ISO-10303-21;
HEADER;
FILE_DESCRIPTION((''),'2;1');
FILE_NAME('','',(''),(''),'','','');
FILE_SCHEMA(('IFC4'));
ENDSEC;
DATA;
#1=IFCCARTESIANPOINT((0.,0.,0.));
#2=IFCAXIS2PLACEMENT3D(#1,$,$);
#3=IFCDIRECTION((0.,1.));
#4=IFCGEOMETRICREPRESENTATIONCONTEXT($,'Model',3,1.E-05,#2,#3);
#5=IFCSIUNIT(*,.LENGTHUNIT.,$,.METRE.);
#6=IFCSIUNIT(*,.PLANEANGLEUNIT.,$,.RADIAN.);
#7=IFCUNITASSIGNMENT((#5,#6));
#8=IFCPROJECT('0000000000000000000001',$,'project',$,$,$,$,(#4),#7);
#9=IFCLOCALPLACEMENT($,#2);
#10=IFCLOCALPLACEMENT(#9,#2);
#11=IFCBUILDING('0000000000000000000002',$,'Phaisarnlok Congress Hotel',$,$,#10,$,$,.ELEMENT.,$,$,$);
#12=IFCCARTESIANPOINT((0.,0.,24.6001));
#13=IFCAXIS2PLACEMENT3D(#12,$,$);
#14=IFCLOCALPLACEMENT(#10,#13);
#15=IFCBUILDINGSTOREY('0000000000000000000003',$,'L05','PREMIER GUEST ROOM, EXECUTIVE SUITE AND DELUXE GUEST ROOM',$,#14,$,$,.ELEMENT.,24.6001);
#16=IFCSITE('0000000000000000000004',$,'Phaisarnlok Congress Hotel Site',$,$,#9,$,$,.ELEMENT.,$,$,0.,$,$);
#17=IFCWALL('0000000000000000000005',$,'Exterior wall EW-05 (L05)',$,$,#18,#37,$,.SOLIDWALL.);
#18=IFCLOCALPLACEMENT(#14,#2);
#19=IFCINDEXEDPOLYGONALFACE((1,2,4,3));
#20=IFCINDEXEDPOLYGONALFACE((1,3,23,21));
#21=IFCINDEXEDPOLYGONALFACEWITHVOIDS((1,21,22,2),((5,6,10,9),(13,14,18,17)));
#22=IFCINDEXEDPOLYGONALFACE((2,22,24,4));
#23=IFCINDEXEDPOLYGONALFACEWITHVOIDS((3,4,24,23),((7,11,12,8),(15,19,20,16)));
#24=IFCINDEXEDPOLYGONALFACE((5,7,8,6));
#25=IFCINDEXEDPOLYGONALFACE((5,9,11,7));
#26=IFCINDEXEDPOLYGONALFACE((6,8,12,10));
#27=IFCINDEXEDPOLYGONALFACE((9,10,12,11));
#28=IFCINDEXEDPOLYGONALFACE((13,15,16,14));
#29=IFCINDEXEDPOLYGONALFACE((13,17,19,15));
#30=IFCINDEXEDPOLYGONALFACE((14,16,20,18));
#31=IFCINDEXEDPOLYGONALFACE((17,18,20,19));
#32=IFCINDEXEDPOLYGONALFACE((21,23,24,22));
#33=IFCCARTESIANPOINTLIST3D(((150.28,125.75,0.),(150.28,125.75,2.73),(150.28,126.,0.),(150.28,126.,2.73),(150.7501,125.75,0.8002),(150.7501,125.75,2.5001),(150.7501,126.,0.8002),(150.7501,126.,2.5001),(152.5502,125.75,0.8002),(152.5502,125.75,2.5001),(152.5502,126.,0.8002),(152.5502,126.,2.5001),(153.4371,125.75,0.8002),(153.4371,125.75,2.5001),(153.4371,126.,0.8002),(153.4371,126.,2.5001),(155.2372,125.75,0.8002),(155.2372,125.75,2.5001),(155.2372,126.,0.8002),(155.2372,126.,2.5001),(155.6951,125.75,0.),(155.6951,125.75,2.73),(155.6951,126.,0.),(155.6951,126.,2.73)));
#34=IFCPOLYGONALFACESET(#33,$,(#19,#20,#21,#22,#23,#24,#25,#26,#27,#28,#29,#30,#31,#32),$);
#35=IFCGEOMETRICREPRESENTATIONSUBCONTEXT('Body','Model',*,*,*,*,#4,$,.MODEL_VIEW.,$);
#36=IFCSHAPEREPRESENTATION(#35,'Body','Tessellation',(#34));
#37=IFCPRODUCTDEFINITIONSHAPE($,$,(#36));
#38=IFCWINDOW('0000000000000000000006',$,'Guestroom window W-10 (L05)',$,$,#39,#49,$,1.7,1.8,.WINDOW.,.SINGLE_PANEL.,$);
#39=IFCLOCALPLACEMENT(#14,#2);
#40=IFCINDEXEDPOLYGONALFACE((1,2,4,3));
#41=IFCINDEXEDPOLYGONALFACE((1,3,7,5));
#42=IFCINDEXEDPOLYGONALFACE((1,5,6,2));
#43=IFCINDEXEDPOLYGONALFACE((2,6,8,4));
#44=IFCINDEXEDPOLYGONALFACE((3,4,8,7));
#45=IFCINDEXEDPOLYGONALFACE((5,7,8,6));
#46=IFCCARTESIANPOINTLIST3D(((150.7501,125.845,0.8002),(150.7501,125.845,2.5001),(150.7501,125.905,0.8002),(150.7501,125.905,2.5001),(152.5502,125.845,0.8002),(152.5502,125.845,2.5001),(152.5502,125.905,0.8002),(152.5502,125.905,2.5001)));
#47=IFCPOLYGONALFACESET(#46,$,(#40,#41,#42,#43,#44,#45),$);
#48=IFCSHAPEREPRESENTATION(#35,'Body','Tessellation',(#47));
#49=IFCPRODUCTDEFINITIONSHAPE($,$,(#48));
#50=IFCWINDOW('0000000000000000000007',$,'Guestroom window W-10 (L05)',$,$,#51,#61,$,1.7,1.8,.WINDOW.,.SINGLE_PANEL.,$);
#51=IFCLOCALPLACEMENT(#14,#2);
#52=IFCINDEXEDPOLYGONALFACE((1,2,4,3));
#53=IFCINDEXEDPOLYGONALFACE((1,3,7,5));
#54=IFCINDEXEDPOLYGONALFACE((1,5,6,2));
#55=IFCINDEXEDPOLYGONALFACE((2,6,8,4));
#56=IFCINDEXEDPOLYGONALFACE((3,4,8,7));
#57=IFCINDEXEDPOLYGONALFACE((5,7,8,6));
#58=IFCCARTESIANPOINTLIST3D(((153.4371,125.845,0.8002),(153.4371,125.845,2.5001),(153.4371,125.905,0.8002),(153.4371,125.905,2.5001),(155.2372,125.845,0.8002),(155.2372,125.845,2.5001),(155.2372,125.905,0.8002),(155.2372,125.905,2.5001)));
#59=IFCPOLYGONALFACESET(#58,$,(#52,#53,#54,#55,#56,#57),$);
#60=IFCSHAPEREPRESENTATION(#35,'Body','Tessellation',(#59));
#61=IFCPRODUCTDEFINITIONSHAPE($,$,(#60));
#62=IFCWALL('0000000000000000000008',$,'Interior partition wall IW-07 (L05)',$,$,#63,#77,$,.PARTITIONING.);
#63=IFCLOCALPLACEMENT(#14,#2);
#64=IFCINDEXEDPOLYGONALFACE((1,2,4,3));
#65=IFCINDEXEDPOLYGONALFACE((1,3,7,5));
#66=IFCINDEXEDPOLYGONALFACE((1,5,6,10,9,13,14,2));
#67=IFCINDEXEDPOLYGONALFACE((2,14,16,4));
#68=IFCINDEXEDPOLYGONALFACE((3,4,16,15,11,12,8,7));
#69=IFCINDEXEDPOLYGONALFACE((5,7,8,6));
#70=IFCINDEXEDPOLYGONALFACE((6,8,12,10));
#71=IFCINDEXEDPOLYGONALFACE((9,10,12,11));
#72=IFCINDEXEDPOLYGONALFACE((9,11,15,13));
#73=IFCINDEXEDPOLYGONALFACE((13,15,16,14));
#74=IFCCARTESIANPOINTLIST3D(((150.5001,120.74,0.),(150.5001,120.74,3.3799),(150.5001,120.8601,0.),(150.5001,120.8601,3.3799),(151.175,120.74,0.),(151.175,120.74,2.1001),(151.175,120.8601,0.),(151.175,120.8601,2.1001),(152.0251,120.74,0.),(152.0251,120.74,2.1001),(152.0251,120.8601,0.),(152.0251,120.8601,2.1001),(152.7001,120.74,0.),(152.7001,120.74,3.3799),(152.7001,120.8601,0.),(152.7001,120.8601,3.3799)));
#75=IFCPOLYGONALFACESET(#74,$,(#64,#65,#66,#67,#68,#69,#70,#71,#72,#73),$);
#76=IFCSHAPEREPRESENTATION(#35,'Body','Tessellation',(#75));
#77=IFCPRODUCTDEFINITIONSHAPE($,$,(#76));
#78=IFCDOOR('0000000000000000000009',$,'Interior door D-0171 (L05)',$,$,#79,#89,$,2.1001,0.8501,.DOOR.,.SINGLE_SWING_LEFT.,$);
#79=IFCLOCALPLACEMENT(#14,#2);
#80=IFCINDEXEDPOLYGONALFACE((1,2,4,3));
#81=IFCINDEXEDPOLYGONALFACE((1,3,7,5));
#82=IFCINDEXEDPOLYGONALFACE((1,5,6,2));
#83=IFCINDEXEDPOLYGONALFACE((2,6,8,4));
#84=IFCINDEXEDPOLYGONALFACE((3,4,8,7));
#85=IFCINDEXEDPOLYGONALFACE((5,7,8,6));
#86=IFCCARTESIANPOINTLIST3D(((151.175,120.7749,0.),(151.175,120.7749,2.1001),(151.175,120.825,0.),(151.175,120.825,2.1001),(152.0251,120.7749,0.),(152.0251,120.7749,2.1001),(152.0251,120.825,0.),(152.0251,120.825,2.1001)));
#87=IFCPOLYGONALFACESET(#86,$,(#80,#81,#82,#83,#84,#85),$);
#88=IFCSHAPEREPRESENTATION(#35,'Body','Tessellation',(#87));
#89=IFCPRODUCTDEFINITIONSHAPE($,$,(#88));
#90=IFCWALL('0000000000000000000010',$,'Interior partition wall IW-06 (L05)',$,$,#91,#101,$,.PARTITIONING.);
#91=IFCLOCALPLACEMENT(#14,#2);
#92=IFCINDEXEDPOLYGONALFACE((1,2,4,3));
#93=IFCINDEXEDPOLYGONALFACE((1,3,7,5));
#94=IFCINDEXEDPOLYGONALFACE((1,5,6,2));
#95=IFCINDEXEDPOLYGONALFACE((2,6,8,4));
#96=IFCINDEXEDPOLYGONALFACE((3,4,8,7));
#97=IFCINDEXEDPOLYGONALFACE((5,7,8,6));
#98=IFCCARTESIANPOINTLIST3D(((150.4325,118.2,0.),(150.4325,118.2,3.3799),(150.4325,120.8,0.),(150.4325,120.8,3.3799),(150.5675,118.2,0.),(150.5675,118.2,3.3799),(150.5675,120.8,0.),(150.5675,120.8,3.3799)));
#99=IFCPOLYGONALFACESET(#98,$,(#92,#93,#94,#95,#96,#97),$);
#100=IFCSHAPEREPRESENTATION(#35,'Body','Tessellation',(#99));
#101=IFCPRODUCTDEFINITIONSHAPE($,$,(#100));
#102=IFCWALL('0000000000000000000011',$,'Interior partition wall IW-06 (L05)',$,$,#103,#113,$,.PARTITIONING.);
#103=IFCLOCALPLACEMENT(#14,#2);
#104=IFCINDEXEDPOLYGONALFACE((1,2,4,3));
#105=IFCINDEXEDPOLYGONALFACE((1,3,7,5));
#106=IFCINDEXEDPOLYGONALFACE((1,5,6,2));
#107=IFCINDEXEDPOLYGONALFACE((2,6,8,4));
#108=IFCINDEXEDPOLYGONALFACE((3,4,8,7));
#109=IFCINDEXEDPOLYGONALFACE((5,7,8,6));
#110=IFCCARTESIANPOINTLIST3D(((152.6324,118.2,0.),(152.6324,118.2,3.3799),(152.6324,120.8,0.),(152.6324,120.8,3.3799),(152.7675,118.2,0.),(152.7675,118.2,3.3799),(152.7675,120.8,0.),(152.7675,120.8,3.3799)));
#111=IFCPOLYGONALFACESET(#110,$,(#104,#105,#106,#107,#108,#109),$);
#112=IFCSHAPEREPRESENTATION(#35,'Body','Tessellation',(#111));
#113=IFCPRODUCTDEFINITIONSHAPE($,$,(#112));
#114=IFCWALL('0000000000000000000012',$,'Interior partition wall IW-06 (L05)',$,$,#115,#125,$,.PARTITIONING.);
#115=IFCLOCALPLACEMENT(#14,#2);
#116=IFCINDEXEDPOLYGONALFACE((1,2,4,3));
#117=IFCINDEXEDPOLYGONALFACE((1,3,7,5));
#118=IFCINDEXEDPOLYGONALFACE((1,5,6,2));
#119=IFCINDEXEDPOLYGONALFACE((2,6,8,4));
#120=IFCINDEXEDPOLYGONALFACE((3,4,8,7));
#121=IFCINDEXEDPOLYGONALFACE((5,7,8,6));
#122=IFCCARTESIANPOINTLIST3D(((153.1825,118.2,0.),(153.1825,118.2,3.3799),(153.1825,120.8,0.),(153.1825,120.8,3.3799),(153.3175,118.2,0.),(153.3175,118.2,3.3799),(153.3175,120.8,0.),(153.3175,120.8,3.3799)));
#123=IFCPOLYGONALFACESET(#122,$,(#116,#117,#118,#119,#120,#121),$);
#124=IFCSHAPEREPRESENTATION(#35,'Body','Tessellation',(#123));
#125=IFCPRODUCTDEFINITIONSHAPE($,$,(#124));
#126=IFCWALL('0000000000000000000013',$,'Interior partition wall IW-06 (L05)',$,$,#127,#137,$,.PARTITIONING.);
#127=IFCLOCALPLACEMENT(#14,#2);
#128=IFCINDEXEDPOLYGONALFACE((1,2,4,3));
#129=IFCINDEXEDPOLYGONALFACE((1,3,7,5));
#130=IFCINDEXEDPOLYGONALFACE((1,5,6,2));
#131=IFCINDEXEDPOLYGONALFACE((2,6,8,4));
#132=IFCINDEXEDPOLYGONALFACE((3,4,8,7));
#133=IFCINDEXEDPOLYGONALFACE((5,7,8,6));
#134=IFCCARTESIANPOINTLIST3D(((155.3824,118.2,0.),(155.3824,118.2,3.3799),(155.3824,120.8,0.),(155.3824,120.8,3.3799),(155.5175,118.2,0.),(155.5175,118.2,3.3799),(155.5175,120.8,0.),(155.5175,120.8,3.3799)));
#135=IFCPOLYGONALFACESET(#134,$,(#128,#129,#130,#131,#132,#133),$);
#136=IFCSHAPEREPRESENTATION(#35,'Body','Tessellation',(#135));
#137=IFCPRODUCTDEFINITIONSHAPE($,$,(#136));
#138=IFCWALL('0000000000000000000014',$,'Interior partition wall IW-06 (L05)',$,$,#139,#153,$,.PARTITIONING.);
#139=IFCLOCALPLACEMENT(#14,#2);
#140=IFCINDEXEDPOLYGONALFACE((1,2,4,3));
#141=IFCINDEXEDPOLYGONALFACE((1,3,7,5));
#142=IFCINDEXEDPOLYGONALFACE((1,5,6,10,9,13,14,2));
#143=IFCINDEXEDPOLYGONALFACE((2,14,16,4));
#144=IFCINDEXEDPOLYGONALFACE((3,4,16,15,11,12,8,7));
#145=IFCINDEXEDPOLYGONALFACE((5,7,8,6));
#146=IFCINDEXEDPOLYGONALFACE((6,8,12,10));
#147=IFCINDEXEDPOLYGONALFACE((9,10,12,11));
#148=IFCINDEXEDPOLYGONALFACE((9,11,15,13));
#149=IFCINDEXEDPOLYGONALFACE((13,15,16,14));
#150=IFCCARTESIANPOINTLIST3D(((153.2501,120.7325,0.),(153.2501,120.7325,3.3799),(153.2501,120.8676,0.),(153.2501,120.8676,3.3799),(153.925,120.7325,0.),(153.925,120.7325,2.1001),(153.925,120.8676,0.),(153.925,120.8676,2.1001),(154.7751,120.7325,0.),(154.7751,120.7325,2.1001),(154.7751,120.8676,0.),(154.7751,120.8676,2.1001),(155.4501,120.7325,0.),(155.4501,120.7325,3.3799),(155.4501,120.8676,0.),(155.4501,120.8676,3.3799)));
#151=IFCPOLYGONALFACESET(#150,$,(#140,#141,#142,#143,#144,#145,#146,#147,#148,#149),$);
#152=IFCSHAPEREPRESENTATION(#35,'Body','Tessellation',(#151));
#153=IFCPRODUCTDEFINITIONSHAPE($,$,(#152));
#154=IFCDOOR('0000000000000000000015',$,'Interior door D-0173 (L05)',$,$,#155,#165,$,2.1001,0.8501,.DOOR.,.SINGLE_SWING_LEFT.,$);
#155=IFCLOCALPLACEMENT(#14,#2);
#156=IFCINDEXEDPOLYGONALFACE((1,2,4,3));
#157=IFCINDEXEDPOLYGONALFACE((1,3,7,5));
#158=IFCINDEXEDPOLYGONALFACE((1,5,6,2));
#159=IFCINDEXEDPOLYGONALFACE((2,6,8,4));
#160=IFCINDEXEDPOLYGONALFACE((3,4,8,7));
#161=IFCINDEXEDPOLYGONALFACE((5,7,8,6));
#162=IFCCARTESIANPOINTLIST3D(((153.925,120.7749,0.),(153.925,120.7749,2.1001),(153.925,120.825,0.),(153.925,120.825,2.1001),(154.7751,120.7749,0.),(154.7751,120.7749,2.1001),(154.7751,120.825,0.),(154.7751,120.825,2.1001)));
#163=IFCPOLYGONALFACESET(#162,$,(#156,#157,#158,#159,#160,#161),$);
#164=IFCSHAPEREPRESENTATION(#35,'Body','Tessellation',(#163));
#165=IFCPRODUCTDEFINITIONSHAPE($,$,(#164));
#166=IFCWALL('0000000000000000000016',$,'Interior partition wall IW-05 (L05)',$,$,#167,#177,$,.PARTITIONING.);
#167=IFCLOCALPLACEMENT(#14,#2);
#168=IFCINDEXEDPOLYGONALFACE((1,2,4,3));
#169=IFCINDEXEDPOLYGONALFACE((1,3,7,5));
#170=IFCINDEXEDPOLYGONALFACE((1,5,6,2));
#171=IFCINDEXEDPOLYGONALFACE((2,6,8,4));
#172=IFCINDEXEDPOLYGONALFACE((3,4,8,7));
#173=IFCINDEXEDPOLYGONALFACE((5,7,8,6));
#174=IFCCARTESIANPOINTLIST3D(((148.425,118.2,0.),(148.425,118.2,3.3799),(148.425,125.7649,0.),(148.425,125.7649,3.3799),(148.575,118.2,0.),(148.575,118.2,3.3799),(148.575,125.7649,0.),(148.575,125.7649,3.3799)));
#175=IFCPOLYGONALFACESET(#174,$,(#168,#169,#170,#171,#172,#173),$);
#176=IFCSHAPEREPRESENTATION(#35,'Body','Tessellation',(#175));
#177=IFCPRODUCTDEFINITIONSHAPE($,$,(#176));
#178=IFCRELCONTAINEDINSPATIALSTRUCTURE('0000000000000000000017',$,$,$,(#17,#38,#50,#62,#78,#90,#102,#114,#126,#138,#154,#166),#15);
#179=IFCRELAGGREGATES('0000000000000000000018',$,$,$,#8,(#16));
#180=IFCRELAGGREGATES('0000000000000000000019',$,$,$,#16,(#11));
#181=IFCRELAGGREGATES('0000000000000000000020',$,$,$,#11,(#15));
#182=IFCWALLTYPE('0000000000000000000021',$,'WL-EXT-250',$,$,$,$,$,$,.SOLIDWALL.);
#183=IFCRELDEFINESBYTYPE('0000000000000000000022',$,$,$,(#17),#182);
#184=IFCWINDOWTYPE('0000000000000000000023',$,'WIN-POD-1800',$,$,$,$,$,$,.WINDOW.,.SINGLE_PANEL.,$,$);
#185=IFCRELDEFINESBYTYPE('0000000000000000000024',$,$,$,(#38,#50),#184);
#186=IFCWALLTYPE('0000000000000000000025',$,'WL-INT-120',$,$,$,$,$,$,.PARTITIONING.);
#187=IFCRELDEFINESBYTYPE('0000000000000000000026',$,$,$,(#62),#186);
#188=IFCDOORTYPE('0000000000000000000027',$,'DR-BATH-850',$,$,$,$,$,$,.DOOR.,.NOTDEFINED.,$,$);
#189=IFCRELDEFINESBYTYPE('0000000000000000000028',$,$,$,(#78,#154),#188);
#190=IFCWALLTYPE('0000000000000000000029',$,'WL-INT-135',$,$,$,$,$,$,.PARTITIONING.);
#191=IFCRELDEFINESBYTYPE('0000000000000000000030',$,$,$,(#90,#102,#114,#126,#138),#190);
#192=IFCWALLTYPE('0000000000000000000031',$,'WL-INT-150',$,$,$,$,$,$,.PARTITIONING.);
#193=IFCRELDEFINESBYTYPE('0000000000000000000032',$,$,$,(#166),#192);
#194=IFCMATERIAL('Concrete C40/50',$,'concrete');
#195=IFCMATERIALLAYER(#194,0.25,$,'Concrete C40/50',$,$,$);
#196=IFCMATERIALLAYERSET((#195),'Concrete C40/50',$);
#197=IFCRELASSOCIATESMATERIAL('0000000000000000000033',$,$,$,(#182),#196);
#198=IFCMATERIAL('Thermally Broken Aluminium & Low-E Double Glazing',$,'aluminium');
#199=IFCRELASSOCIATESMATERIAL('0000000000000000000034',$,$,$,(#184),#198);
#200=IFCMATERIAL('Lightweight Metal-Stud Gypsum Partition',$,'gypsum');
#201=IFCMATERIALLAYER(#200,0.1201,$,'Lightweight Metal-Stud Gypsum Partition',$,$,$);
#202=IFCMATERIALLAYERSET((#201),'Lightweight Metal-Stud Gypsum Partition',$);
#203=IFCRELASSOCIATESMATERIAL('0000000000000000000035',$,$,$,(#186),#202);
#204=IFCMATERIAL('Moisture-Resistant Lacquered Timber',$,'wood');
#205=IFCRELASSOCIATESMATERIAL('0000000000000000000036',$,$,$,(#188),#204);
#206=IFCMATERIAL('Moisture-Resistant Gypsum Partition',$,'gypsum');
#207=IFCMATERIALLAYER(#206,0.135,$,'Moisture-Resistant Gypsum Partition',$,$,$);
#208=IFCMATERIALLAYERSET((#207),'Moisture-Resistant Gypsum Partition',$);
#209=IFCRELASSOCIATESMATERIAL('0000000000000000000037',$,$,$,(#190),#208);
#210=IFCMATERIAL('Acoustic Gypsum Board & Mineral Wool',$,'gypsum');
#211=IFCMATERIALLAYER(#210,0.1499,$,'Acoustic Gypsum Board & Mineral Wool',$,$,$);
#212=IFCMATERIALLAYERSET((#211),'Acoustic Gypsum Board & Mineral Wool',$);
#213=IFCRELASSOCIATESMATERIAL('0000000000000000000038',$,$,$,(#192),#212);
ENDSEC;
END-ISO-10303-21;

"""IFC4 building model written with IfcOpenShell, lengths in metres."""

from ifc_helpers import new_model, si_unit, direction, frame, frame_2d, origin, place, context, subcontext, project, spatial, rectangle, extrude, material, layer, layer_set, type_object, element, fill, save


model = new_model("IFC4")

# Units and contexts
model_context = context("Model", 3, precision=1e-05, world=origin(), true_north=direction((0.0, 1.0)))
body_context = subcontext(model_context, "Body", "Model", "MODEL_VIEW")
ifc_project = project(units=[si_unit("LENGTHUNIT", "METRE"), si_unit("PLANEANGLEUNIT", "RADIAN")], contexts=[model_context])

# Site, building, storey
site_placement = place(None, origin())
site = spatial("IfcSite", under=ifc_project, at=site_placement, Name="Phaisarnlok Congress Hotel Site", CompositionType="ELEMENT", RefElevation=0.0)
building_placement = place(site_placement, origin())
building = spatial("IfcBuilding", under=site, at=building_placement, Name="Phaisarnlok Congress Hotel", CompositionType="ELEMENT")
storey_placement = place(building_placement, frame((0.0, 0.0, 24.6001)))
storey = spatial("IfcBuildingStorey", under=building, at=storey_placement, Name="L05", Description="PREMIER GUEST ROOM, EXECUTIVE SUITE AND DELUXE GUEST ROOM", CompositionType="ELEMENT", Elevation=24.6001)

# Shared definitions
ifc_material_1 = material(Name="Concrete C40/50", Category="concrete")

# Wall, openings, windows
ifc_layer_1 = layer(ifc_material_1, 0.25, Name="Concrete C40/50")
ifc_layer_set_1 = layer_set([ifc_layer_1], Name="Concrete C40/50")
wall_type_1 = type_object("IfcWallType", Name="WL-EXT-250", PredefinedType="SOLIDWALL", material=ifc_layer_set_1)
wall_1_placement = place(storey_placement, frame((155.6951, 125.875, 0.0), z_axis=(0.0, 0.0, 1.0), x_axis=(-1.0, 0.0, 0.0)))
wall_1 = element("IfcWall", 1, at=wall_1_placement, inside=storey, type_object=wall_type_1, Name="Exterior wall EW-05 (L05)", PredefinedType="SOLIDWALL", context=body_context, shape_type="SweptSolid", body=[
    extrude(rectangle(XDim=5.415, YDim=0.25, at=frame_2d((2.7075, 0.0))), origin(), (0.0, 0.0, 1.0), 2.73),
])
opening_1_placement = place(wall_1_placement, frame((3.145, 0.0, 0.8)))
opening_1 = element("IfcOpeningElement", 2, at=opening_1_placement, cuts=wall_1, PredefinedType="OPENING", context=body_context, shape_type="SweptSolid", body=[
    extrude(rectangle(XDim=1.8, YDim=1.7, at=frame_2d((0.8999, 0.8501))), frame((0.0, 0.135, 0.0), z_axis=(0.0, -1.0, 0.0), x_axis=(1.0, 0.0, 0.0)), (0.0, 0.0, 1.0), 0.27),
])
opening_2_placement = place(wall_1_placement, frame((0.458, 0.0, 0.8)))
opening_2 = element("IfcOpeningElement", 3, at=opening_2_placement, cuts=wall_1, PredefinedType="OPENING", context=body_context, shape_type="SweptSolid", body=[
    extrude(rectangle(XDim=1.8, YDim=1.7, at=frame_2d((0.8999, 0.8501))), frame((0.0, 0.135, 0.0), z_axis=(0.0, -1.0, 0.0), x_axis=(1.0, 0.0, 0.0)), (0.0, 0.0, 1.0), 0.27),
])
ifc_material_2 = material(Name="Thermally Broken Aluminium & Low-E Double Glazing", Category="aluminium")
window_type = type_object("IfcWindowType", Name="WIN-POD-1800", PartitioningType="SINGLE_PANEL", PredefinedType="WINDOW", material=ifc_material_2)
window_1_placement = place(opening_1_placement, origin())
window_1 = element("IfcWindow", 4, at=window_1_placement, inside=storey, type_object=window_type, Name="Guestroom window W-10 (L05)", OverallHeight=1.7, OverallWidth=1.8, PartitioningType="SINGLE_PANEL", PredefinedType="WINDOW", context=body_context, shape_type="SweptSolid", body=[
    extrude(rectangle(XDim=1.8, YDim=1.7, at=frame_2d((0.8999, 0.8501))), frame((0.0, 0.03, 0.0), z_axis=(0.0, -1.0, 0.0), x_axis=(1.0, 0.0, 0.0)), (0.0, 0.0, 1.0), 0.0601),
])
fill(opening_1, window_1)
window_2_placement = place(opening_2_placement, origin())
window_2 = element("IfcWindow", 5, at=window_2_placement, inside=storey, type_object=window_type, Name="Guestroom window W-10 (L05)", OverallHeight=1.7, OverallWidth=1.8, PartitioningType="SINGLE_PANEL", PredefinedType="WINDOW", context=body_context, shape_type="SweptSolid", body=[
    extrude(rectangle(XDim=1.8, YDim=1.7, at=frame_2d((0.8999, 0.8501))), frame((0.0, 0.03, 0.0), z_axis=(0.0, -1.0, 0.0), x_axis=(1.0, 0.0, 0.0)), (0.0, 0.0, 1.0), 0.0601),
])
fill(opening_2, window_2)

# Wall, opening, door
ifc_material_3 = material(Name="Lightweight Metal-Stud Gypsum Partition", Category="gypsum")
ifc_layer_2 = layer(ifc_material_3, 0.1201, Name="Lightweight Metal-Stud Gypsum Partition")
ifc_layer_set_2 = layer_set([ifc_layer_2], Name="Lightweight Metal-Stud Gypsum Partition")
wall_type_2 = type_object("IfcWallType", Name="WL-INT-120", PredefinedType="PARTITIONING", material=ifc_layer_set_2)
wall_2_placement = place(storey_placement, frame((150.5, 120.8, 0.0), z_axis=(0.0, 0.0, 1.0), x_axis=(1.0, 0.0, 0.0)))
wall_2 = element("IfcWall", 6, at=wall_2_placement, inside=storey, type_object=wall_type_2, Name="Interior partition wall IW-07 (L05)", PredefinedType="PARTITIONING", context=body_context, shape_type="SweptSolid", body=[
    extrude(rectangle(XDim=2.2, YDim=0.1201, at=frame_2d((1.1001, 0.0))), origin(), (0.0, 0.0, 1.0), 3.3799),
])
opening_3_placement = place(wall_2_placement, frame((0.675, 0.0, 0.0)))
opening_3 = element("IfcOpeningElement", 7, at=opening_3_placement, cuts=wall_2, PredefinedType="OPENING", context=body_context, shape_type="SweptSolid", body=[
    extrude(rectangle(XDim=0.8501, YDim=2.1001, at=frame_2d((0.425, 1.05))), frame((0.0, 0.0701, 0.0), z_axis=(0.0, -1.0, 0.0), x_axis=(1.0, 0.0, 0.0)), (0.0, 0.0, 1.0), 0.1401),
])
ifc_material_4 = material(Name="Moisture-Resistant Lacquered Timber", Category="wood")
door_type = type_object("IfcDoorType", Name="DR-BATH-850", OperationType="NOTDEFINED", PredefinedType="DOOR", material=ifc_material_4)
door_1_placement = place(opening_3_placement, origin())
door_1 = element("IfcDoor", 8, at=door_1_placement, inside=storey, type_object=door_type, Name="Interior door D-0171 (L05)", OperationType="SINGLE_SWING_LEFT", OverallHeight=2.1001, OverallWidth=0.8501, PredefinedType="DOOR", context=body_context, shape_type="SweptSolid", body=[
    extrude(rectangle(XDim=0.8501, YDim=2.1001, at=frame_2d((0.425, 1.05))), frame((0.0, 0.0249, 0.0), z_axis=(0.0, -1.0, 0.0), x_axis=(1.0, 0.0, 0.0)), (0.0, 0.0, 1.0), 0.05),
])
fill(opening_3, door_1)

# Walls
ifc_material_5 = material(Name="Moisture-Resistant Gypsum Partition", Category="gypsum")
ifc_layer_3 = layer(ifc_material_5, 0.135, Name="Moisture-Resistant Gypsum Partition")
ifc_layer_set_3 = layer_set([ifc_layer_3], Name="Moisture-Resistant Gypsum Partition")
wall_type_3 = type_object("IfcWallType", Name="WL-INT-135", PredefinedType="PARTITIONING", material=ifc_layer_set_3)
for number, where, z_axis, x_axis, name in (
    (9, (150.5, 118.2, 0.0), (0.0, 0.0, 1.0), (0.0, 1.0, 0.0), "Interior partition wall IW-06 (L05)"),
    (10, (152.7, 118.2, 0.0), (0.0, 0.0, 1.0), (0.0, 1.0, 0.0), "Interior partition wall IW-06 (L05)"),
    (11, (153.25, 118.2, 0.0), (0.0, 0.0, 1.0), (0.0, 1.0, 0.0), "Interior partition wall IW-06 (L05)"),
    (12, (155.45, 118.2, 0.0), (0.0, 0.0, 1.0), (0.0, 1.0, 0.0), "Interior partition wall IW-06 (L05)"),
):
    element("IfcWall", number, at=place(storey_placement, frame(where, z_axis=z_axis, x_axis=x_axis)), inside=storey, type_object=wall_type_3, Name=name, PredefinedType="PARTITIONING", context=body_context, shape_type="SweptSolid", body=[
        extrude(rectangle(XDim=2.6001, YDim=0.135, at=frame_2d((1.3, 0.0))), origin(), (0.0, 0.0, 1.0), 3.3799),
    ])

# Wall, opening, door
wall_3_placement = place(storey_placement, frame((153.25, 120.8, 0.0), z_axis=(0.0, 0.0, 1.0), x_axis=(1.0, 0.0, 0.0)))
wall_3 = element("IfcWall", 13, at=wall_3_placement, inside=storey, type_object=wall_type_3, Name="Interior partition wall IW-06 (L05)", PredefinedType="PARTITIONING", context=body_context, shape_type="SweptSolid", body=[
    extrude(rectangle(XDim=2.2, YDim=0.135, at=frame_2d((1.1001, 0.0))), origin(), (0.0, 0.0, 1.0), 3.3799),
])
opening_4_placement = place(wall_3_placement, frame((0.675, 0.0, 0.0)))
opening_4 = element("IfcOpeningElement", 14, at=opening_4_placement, cuts=wall_3, PredefinedType="OPENING", context=body_context, shape_type="SweptSolid", body=[
    extrude(rectangle(XDim=0.8501, YDim=2.1001, at=frame_2d((0.425, 1.05))), frame((0.0, 0.0776, 0.0), z_axis=(0.0, -1.0, 0.0), x_axis=(1.0, 0.0, 0.0)), (0.0, 0.0, 1.0), 0.155),
])
door_2_placement = place(opening_4_placement, origin())
door_2 = element("IfcDoor", 15, at=door_2_placement, inside=storey, type_object=door_type, Name="Interior door D-0173 (L05)", OperationType="SINGLE_SWING_LEFT", OverallHeight=2.1001, OverallWidth=0.8501, PredefinedType="DOOR", context=body_context, shape_type="SweptSolid", body=[
    extrude(rectangle(XDim=0.8501, YDim=2.1001, at=frame_2d((0.425, 1.05))), frame((0.0, 0.0249, 0.0), z_axis=(0.0, -1.0, 0.0), x_axis=(1.0, 0.0, 0.0)), (0.0, 0.0, 1.0), 0.05),
])
fill(opening_4, door_2)

# Wall
ifc_material_6 = material(Name="Acoustic Gypsum Board & Mineral Wool", Category="gypsum")
ifc_layer_4 = layer(ifc_material_6, 0.1499, Name="Acoustic Gypsum Board & Mineral Wool")
ifc_layer_set_4 = layer_set([ifc_layer_4], Name="Acoustic Gypsum Board & Mineral Wool")
wall_type_4 = type_object("IfcWallType", Name="WL-INT-150", PredefinedType="PARTITIONING", material=ifc_layer_set_4)
wall_4_placement = place(storey_placement, frame((148.5, 118.2, 0.0), z_axis=(0.0, 0.0, 1.0), x_axis=(0.0, 1.0, 0.0)))
element("IfcWall", 16, at=wall_4_placement, inside=storey, type_object=wall_type_4, Name="Interior partition wall IW-05 (L05)", PredefinedType="PARTITIONING", context=body_context, shape_type="SweptSolid", body=[
    extrude(rectangle(XDim=7.5649, YDim=0.1499, at=frame_2d((3.7825, 0.0))), origin(), (0.0, 0.0, 1.0), 3.3799),
])

save(model, "model.ifc")
